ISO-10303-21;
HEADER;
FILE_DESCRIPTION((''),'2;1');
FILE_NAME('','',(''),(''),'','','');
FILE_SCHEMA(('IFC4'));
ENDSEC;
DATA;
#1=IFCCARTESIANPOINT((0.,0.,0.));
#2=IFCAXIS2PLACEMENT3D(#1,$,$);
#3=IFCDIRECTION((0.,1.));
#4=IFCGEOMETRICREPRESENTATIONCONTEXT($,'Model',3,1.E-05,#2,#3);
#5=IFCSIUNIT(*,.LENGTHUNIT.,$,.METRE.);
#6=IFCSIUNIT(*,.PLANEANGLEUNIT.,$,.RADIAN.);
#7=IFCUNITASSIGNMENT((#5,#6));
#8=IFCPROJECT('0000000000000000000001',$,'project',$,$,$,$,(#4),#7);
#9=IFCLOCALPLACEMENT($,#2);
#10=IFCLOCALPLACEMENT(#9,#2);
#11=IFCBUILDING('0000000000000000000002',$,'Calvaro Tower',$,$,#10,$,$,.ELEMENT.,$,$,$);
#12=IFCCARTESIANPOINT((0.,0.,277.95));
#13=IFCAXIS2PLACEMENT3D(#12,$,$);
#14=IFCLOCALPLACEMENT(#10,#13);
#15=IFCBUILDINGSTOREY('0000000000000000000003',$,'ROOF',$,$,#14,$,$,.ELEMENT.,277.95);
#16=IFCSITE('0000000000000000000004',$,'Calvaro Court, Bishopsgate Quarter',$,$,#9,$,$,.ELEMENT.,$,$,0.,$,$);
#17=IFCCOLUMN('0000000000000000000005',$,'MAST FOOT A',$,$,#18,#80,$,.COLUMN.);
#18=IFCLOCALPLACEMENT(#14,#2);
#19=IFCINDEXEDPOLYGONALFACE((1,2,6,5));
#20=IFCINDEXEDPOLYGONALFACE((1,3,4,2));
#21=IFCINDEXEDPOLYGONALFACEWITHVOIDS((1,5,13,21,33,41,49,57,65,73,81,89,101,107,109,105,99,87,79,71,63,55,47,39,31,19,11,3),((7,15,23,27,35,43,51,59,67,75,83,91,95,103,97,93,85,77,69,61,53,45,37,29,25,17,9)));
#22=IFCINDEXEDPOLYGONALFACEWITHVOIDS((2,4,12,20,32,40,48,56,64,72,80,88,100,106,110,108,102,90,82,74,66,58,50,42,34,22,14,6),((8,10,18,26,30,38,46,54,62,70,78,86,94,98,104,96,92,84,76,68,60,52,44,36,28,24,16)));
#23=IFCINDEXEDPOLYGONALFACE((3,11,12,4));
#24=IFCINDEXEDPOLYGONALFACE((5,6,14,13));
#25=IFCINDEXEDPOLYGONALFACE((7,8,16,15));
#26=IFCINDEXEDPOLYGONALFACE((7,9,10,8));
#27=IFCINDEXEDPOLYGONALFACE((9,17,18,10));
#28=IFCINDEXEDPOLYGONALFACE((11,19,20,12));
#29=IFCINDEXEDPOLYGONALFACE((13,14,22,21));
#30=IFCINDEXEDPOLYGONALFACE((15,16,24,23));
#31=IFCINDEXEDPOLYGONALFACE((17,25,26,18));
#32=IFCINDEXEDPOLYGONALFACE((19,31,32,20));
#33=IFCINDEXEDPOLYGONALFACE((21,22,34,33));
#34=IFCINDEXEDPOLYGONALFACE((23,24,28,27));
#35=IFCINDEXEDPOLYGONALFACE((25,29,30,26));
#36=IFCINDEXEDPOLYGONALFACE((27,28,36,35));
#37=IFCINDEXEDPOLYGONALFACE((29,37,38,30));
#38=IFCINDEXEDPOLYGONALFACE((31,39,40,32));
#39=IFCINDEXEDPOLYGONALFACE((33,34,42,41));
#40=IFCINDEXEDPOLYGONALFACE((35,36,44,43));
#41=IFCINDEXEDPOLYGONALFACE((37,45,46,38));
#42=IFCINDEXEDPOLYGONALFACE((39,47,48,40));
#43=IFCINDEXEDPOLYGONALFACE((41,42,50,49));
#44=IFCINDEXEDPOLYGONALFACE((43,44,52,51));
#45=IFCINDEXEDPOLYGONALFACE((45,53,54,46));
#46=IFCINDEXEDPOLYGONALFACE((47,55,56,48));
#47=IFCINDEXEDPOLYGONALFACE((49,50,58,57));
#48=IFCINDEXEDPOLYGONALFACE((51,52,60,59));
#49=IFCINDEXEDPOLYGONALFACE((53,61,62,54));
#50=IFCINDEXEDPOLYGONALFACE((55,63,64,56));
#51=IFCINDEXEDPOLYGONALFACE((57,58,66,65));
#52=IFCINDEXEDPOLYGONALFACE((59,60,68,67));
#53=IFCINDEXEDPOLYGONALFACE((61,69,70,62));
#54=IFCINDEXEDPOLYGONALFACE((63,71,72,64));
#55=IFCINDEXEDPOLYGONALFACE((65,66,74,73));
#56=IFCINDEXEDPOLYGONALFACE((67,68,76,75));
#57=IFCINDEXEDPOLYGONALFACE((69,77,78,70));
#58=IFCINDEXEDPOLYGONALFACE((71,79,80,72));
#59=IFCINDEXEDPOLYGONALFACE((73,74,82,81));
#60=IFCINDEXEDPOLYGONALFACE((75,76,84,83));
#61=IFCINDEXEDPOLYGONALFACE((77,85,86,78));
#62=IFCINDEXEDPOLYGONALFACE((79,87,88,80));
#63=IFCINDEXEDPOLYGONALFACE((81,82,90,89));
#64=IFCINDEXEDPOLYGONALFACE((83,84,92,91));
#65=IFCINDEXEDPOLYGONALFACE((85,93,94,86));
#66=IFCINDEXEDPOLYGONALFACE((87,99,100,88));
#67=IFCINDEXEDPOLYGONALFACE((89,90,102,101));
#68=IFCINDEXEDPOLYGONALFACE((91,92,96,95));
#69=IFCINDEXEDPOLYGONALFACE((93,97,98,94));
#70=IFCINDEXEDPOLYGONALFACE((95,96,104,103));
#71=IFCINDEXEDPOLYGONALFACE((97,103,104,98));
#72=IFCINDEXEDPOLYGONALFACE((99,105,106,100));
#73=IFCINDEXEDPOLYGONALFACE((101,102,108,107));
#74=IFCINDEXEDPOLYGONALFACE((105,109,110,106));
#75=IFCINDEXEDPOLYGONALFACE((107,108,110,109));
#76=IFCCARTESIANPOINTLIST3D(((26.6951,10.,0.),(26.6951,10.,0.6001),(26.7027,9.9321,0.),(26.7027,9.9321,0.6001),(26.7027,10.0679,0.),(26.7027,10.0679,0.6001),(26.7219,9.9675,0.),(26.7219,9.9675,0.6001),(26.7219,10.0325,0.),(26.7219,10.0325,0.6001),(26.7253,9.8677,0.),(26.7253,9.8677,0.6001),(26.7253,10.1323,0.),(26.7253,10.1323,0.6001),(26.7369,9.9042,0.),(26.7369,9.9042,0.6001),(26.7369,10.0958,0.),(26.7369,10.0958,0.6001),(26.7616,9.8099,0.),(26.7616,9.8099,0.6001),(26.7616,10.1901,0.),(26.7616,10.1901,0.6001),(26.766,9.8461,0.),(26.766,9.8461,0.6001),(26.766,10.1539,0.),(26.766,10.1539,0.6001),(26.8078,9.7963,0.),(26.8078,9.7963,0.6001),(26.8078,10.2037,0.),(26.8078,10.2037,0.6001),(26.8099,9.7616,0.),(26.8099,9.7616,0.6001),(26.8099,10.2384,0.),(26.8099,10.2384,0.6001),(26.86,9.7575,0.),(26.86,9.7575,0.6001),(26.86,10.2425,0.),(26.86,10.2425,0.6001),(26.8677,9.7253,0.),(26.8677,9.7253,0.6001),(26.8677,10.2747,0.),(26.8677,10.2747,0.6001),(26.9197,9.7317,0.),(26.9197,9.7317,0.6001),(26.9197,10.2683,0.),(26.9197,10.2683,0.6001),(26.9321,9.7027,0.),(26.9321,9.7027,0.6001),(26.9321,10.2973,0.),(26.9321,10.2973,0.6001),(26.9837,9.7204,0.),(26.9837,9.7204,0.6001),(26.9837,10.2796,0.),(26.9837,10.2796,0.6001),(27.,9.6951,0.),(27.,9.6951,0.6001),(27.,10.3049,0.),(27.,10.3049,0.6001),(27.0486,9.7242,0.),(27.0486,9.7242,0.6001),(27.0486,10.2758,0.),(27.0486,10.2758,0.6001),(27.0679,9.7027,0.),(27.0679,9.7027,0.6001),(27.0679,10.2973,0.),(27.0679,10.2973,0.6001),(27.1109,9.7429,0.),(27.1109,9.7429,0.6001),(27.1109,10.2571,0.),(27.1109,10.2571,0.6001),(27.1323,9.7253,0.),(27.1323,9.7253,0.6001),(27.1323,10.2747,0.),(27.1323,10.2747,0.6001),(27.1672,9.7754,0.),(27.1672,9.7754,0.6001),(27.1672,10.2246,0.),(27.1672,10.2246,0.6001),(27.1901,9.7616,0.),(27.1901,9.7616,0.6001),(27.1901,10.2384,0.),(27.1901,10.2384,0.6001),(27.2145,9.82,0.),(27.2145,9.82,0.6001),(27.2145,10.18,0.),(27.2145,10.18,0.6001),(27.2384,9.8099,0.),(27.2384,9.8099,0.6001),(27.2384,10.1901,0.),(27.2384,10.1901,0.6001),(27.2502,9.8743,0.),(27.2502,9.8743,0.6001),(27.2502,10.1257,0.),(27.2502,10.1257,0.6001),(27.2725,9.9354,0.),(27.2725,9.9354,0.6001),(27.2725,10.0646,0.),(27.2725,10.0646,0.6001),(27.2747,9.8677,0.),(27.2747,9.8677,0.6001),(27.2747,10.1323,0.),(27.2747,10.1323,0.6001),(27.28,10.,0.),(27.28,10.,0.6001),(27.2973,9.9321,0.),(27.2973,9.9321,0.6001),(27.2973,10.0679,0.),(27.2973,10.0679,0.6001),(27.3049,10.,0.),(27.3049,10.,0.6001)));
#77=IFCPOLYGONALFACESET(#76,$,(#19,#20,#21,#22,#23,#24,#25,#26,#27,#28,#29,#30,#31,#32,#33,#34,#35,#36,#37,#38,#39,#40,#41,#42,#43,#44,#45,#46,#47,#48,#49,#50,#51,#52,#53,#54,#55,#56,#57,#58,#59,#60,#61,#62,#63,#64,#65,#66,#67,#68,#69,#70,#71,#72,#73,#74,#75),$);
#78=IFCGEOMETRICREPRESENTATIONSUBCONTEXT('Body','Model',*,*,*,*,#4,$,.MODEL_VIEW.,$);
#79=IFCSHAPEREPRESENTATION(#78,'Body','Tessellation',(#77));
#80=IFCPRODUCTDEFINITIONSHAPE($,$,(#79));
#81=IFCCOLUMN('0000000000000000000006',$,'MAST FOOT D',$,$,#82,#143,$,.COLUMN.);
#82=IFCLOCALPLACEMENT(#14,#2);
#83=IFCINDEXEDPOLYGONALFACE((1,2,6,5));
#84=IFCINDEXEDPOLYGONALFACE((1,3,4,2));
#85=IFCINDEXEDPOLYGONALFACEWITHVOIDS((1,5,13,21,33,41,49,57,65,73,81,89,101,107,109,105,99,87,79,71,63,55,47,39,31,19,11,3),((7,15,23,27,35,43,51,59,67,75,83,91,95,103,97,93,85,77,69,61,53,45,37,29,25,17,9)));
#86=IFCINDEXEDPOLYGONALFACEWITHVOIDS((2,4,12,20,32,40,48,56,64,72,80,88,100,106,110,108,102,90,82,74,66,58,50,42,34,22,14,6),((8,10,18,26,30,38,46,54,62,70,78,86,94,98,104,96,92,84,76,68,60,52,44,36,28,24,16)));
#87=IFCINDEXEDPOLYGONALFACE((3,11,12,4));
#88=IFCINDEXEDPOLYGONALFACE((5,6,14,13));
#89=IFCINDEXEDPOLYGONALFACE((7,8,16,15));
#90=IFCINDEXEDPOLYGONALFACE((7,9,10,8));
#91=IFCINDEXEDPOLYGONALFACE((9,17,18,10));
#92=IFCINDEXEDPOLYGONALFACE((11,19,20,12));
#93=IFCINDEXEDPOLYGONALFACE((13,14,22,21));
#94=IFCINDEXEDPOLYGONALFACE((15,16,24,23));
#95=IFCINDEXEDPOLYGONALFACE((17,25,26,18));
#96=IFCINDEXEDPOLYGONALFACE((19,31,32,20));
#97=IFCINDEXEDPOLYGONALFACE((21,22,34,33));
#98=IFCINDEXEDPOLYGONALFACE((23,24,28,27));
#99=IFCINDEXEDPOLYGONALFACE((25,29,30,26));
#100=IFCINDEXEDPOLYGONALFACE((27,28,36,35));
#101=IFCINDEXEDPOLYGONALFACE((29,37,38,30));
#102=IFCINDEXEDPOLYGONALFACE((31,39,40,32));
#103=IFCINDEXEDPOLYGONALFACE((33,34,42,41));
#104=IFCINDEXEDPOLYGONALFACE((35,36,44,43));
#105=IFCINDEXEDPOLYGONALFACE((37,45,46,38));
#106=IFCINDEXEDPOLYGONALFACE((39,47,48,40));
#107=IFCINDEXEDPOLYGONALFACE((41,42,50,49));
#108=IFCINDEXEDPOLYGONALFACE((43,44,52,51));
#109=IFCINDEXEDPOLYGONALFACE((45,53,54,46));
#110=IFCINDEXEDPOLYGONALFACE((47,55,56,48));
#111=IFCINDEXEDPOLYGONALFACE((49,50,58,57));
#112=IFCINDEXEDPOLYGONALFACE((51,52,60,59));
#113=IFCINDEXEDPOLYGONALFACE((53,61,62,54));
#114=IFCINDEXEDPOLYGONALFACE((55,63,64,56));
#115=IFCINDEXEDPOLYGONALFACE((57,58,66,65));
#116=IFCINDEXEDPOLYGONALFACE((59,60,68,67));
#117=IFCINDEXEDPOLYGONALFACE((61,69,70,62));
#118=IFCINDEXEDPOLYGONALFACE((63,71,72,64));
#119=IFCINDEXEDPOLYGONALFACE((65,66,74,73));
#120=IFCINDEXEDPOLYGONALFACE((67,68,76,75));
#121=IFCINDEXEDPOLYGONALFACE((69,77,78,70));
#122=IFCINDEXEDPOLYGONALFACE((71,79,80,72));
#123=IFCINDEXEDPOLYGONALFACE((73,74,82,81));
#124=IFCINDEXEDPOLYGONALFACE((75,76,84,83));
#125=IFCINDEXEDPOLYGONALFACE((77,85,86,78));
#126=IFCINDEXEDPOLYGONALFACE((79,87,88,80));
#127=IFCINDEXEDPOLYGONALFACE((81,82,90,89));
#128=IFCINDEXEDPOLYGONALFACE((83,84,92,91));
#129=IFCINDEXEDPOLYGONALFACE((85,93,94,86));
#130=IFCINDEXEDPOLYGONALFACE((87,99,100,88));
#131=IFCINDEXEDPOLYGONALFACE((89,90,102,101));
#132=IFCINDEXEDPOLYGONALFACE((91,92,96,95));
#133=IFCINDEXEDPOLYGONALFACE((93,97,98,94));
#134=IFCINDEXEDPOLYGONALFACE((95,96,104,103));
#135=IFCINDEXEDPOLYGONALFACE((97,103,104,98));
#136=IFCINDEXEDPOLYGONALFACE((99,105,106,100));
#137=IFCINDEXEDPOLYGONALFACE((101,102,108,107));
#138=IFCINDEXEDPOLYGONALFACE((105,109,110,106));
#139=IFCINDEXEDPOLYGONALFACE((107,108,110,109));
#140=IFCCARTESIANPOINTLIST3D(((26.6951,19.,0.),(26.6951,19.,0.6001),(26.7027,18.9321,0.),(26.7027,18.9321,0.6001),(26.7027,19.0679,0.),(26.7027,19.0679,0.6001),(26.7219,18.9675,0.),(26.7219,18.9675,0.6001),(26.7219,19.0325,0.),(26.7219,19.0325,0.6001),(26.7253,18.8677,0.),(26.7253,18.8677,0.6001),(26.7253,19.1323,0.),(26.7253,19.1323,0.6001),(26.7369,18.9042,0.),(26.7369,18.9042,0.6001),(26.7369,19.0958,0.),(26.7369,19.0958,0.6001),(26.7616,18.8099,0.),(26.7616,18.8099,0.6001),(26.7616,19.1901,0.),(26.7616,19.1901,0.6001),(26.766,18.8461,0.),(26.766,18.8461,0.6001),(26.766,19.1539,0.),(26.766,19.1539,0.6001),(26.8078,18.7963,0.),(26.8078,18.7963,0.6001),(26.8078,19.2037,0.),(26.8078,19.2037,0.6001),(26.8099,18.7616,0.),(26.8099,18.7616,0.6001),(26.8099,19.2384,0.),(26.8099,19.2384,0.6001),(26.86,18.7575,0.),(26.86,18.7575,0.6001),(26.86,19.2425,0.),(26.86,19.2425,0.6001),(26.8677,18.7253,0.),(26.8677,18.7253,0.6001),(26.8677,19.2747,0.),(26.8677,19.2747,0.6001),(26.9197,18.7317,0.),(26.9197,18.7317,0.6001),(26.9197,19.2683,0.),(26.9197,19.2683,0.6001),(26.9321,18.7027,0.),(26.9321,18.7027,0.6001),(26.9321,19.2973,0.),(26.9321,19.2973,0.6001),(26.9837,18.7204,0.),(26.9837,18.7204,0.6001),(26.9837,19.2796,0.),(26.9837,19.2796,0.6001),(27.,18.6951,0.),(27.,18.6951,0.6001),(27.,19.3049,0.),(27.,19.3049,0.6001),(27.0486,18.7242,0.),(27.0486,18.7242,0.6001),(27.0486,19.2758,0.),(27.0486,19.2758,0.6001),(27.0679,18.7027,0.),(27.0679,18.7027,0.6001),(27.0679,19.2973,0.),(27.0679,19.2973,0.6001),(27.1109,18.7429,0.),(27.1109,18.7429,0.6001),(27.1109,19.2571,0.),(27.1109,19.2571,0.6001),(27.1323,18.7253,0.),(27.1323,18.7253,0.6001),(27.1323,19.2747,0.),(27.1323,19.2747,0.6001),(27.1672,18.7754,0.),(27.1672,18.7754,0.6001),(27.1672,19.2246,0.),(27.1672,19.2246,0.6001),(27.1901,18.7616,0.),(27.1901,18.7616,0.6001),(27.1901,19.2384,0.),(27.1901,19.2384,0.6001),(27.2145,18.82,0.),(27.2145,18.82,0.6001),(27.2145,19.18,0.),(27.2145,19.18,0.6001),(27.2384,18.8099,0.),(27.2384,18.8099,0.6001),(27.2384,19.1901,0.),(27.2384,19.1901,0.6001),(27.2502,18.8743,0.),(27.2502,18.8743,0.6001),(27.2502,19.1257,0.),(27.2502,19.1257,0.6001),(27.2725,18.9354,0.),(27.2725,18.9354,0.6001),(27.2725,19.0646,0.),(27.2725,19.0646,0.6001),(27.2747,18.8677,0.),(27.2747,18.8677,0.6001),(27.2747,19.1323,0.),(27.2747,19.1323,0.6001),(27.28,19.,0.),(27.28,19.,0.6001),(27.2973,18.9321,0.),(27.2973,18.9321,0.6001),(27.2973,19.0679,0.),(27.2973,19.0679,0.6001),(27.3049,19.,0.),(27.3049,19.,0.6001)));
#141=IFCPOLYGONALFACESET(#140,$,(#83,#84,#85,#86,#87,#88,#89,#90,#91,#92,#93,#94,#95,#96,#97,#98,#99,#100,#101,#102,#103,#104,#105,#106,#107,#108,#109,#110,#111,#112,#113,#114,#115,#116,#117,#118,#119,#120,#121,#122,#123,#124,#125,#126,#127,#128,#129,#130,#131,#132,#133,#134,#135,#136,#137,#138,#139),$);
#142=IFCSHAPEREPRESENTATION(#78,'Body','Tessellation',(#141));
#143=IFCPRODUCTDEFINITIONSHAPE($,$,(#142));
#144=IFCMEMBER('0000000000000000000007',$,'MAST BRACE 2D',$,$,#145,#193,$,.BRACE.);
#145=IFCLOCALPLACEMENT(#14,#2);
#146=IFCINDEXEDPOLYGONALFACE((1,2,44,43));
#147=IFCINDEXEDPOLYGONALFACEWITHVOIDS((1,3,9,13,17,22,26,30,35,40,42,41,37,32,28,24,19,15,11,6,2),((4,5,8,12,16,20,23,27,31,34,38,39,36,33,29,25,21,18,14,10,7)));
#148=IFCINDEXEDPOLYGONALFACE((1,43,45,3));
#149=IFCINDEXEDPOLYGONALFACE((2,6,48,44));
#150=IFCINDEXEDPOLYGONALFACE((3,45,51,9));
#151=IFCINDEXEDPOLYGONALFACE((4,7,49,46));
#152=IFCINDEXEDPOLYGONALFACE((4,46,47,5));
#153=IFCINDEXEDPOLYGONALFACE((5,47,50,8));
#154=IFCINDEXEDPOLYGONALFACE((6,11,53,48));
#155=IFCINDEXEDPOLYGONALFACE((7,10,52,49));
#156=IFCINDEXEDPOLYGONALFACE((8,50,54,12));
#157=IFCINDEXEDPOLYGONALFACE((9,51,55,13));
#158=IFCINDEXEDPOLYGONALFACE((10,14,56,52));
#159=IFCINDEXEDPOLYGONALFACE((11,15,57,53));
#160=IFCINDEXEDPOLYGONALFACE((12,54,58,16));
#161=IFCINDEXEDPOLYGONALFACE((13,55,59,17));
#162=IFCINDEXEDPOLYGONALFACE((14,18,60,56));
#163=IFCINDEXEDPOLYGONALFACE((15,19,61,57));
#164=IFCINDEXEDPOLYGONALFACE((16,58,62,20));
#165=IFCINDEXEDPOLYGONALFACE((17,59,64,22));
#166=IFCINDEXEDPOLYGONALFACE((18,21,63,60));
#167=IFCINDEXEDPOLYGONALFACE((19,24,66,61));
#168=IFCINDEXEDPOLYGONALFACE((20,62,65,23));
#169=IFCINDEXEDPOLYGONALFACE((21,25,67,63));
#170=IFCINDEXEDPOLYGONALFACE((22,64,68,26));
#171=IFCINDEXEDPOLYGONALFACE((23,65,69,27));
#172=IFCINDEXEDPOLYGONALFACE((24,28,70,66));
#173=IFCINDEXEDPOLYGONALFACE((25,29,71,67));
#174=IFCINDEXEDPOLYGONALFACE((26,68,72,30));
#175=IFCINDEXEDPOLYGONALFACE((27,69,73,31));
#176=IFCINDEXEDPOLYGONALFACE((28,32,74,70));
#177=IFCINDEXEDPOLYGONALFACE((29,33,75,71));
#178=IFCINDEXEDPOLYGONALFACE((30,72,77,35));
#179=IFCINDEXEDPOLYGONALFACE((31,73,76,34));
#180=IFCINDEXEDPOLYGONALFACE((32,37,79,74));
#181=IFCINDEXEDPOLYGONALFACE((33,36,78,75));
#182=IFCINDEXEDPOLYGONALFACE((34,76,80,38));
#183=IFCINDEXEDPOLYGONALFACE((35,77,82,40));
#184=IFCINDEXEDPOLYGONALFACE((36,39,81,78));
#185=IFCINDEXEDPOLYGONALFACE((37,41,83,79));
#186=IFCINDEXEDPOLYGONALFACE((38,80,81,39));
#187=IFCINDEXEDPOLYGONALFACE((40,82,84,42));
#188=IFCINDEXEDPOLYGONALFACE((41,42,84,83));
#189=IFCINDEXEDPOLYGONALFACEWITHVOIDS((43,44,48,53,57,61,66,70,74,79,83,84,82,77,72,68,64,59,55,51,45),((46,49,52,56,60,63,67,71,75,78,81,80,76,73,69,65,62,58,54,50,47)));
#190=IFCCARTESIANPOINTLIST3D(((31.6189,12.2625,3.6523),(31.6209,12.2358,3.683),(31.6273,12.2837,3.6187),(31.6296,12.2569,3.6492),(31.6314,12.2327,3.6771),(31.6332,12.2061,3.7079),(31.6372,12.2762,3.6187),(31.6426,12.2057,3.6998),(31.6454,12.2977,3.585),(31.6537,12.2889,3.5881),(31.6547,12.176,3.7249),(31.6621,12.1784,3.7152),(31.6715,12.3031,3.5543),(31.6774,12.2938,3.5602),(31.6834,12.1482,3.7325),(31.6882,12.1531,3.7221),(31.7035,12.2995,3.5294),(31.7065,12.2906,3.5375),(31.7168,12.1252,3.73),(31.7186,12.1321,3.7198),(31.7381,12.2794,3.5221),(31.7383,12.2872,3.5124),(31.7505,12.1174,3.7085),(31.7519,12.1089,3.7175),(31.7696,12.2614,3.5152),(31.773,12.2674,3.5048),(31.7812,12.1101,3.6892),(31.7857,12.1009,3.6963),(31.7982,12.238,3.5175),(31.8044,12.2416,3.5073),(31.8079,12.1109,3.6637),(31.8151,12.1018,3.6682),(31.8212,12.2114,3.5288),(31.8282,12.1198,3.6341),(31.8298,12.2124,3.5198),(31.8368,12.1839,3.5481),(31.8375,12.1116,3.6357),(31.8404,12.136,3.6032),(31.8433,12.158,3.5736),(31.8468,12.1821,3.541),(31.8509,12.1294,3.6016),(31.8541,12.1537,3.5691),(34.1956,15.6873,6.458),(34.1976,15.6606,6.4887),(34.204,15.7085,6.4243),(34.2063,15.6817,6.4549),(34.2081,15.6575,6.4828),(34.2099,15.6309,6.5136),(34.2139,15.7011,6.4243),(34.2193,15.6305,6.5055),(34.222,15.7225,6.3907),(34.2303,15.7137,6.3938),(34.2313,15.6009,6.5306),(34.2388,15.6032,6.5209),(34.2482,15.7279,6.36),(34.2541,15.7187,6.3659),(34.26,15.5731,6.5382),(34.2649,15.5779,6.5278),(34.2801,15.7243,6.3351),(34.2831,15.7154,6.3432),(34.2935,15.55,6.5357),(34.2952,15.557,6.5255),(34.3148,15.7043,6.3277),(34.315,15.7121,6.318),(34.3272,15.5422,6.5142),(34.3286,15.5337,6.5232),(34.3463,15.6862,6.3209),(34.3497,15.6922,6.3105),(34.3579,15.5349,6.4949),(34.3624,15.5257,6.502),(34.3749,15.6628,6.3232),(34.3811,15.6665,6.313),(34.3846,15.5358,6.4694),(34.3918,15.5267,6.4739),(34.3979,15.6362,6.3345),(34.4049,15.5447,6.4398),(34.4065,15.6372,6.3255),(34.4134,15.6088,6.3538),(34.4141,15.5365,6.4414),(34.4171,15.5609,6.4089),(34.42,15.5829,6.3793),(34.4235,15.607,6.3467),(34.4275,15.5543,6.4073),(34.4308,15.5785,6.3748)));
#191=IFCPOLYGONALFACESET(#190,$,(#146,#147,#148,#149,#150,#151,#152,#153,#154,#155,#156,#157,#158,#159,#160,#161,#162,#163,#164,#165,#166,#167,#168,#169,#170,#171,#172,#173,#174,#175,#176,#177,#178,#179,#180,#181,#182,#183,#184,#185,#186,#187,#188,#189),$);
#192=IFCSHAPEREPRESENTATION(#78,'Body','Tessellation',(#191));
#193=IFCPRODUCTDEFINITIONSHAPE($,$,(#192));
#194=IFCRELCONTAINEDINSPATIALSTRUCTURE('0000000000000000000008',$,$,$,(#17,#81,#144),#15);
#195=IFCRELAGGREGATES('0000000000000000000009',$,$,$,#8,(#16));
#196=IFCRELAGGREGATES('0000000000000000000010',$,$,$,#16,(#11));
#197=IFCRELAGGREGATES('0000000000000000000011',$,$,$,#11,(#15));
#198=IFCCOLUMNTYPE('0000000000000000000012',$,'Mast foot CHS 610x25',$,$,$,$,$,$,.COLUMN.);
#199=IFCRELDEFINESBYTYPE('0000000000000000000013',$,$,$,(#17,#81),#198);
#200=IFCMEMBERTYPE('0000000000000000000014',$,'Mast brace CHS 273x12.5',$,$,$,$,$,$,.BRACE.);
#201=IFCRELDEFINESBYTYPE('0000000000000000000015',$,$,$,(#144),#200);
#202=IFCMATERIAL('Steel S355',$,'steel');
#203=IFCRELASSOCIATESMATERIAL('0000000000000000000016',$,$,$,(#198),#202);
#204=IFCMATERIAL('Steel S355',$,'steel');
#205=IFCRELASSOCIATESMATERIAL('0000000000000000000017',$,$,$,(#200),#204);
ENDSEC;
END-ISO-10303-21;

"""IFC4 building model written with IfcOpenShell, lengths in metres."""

from ifc_helpers import new_model, si_unit, direction, frame, origin, origin_2d, place, context, subcontext, project, spatial, hollow_circle, extrude, material, material_profile, profile_set, type_object, element, save


model = new_model("IFC4")

# Units and contexts
model_context = context("Model", 3, precision=1e-05, world=origin(), true_north=direction((0.0, 1.0)))
body_context = subcontext(model_context, "Body", "Model", "MODEL_VIEW")
ifc_project = project(units=[si_unit("LENGTHUNIT", "METRE"), si_unit("PLANEANGLEUNIT", "RADIAN")], contexts=[model_context])

# Site, building, storey
site_placement = place(None, origin())
site = spatial("IfcSite", under=ifc_project, at=site_placement, Name="Calvaro Court, Bishopsgate Quarter", CompositionType="ELEMENT", RefElevation=0.0)
building_placement = place(site_placement, origin())
building = spatial("IfcBuilding", under=site, at=building_placement, Name="Calvaro Tower", CompositionType="ELEMENT")
storey_placement = place(building_placement, frame((0.0, 0.0, 277.95)))
storey = spatial("IfcBuildingStorey", under=building, at=storey_placement, Name="ROOF", CompositionType="ELEMENT", Elevation=277.95)

# Columns
ifc_material_1 = material(Name="Steel S355", Category="steel")
ifc_material_profile_1 = material_profile(ifc_material_1, hollow_circle(Radius=0.3049, WallThickness=0.0249, at=origin_2d()), Name="CHS 610x25")
ifc_profile_set_1 = profile_set([ifc_material_profile_1], Name="Steel S355")
column_type = type_object("IfcColumnType", Name="Mast foot CHS 610x25", PredefinedType="COLUMN", material=ifc_profile_set_1)
for number, where, z_axis, x_axis, name in (
    (1, (27.0, 10.0, 0.0), (0.0, 0.0, 1.0), (1.0, 0.0, 0.0), "MAST FOOT A"),
    (2, (27.0, 19.0, 0.0), (0.0, 0.0, 1.0), (1.0, 0.0, 0.0), "MAST FOOT D"),
):
    element("IfcColumn", number, at=place(storey_placement, frame(where, z_axis=z_axis, x_axis=x_axis)), inside=storey, type_object=column_type, Name=name, PredefinedType="COLUMN", context=body_context, shape_type="SweptSolid", body=[
        extrude(hollow_circle(Radius=0.3049, WallThickness=0.0249, at=origin_2d()), origin(), (0.0, 0.0, 1.0), 0.6001),
    ])

# Member
ifc_material_2 = material(Name="Steel S355", Category="steel")
ifc_material_profile_2 = material_profile(ifc_material_2, hollow_circle(Radius=0.1365, WallThickness=0.0125, at=origin_2d()), Name="CHS 273x12.5")
ifc_profile_set_2 = profile_set([ifc_material_profile_2], Name="Steel S355")
member_type_1 = type_object("IfcMemberType", Name="Mast brace CHS 273x12.5", PredefinedType="BRACE", material=ifc_profile_set_2)
member_1_placement = place(storey_placement, frame((31.7363, 12.2017, 3.6187), z_axis=(0.503006, 0.668578, 0.547712), x_axis=(-0.799097, 0.601202, 0.0)))
element("IfcMember", 3, at=member_1_placement, inside=storey, type_object=member_type_1, Name="MAST BRACE 2D", PredefinedType="BRACE", context=body_context, shape_type="SweptSolid", body=[
    extrude(hollow_circle(Radius=0.1365, WallThickness=0.0125, at=origin_2d()), origin(), (0.0, 0.0, 1.0), 5.1226),
])

save(model, "model.ifc")
